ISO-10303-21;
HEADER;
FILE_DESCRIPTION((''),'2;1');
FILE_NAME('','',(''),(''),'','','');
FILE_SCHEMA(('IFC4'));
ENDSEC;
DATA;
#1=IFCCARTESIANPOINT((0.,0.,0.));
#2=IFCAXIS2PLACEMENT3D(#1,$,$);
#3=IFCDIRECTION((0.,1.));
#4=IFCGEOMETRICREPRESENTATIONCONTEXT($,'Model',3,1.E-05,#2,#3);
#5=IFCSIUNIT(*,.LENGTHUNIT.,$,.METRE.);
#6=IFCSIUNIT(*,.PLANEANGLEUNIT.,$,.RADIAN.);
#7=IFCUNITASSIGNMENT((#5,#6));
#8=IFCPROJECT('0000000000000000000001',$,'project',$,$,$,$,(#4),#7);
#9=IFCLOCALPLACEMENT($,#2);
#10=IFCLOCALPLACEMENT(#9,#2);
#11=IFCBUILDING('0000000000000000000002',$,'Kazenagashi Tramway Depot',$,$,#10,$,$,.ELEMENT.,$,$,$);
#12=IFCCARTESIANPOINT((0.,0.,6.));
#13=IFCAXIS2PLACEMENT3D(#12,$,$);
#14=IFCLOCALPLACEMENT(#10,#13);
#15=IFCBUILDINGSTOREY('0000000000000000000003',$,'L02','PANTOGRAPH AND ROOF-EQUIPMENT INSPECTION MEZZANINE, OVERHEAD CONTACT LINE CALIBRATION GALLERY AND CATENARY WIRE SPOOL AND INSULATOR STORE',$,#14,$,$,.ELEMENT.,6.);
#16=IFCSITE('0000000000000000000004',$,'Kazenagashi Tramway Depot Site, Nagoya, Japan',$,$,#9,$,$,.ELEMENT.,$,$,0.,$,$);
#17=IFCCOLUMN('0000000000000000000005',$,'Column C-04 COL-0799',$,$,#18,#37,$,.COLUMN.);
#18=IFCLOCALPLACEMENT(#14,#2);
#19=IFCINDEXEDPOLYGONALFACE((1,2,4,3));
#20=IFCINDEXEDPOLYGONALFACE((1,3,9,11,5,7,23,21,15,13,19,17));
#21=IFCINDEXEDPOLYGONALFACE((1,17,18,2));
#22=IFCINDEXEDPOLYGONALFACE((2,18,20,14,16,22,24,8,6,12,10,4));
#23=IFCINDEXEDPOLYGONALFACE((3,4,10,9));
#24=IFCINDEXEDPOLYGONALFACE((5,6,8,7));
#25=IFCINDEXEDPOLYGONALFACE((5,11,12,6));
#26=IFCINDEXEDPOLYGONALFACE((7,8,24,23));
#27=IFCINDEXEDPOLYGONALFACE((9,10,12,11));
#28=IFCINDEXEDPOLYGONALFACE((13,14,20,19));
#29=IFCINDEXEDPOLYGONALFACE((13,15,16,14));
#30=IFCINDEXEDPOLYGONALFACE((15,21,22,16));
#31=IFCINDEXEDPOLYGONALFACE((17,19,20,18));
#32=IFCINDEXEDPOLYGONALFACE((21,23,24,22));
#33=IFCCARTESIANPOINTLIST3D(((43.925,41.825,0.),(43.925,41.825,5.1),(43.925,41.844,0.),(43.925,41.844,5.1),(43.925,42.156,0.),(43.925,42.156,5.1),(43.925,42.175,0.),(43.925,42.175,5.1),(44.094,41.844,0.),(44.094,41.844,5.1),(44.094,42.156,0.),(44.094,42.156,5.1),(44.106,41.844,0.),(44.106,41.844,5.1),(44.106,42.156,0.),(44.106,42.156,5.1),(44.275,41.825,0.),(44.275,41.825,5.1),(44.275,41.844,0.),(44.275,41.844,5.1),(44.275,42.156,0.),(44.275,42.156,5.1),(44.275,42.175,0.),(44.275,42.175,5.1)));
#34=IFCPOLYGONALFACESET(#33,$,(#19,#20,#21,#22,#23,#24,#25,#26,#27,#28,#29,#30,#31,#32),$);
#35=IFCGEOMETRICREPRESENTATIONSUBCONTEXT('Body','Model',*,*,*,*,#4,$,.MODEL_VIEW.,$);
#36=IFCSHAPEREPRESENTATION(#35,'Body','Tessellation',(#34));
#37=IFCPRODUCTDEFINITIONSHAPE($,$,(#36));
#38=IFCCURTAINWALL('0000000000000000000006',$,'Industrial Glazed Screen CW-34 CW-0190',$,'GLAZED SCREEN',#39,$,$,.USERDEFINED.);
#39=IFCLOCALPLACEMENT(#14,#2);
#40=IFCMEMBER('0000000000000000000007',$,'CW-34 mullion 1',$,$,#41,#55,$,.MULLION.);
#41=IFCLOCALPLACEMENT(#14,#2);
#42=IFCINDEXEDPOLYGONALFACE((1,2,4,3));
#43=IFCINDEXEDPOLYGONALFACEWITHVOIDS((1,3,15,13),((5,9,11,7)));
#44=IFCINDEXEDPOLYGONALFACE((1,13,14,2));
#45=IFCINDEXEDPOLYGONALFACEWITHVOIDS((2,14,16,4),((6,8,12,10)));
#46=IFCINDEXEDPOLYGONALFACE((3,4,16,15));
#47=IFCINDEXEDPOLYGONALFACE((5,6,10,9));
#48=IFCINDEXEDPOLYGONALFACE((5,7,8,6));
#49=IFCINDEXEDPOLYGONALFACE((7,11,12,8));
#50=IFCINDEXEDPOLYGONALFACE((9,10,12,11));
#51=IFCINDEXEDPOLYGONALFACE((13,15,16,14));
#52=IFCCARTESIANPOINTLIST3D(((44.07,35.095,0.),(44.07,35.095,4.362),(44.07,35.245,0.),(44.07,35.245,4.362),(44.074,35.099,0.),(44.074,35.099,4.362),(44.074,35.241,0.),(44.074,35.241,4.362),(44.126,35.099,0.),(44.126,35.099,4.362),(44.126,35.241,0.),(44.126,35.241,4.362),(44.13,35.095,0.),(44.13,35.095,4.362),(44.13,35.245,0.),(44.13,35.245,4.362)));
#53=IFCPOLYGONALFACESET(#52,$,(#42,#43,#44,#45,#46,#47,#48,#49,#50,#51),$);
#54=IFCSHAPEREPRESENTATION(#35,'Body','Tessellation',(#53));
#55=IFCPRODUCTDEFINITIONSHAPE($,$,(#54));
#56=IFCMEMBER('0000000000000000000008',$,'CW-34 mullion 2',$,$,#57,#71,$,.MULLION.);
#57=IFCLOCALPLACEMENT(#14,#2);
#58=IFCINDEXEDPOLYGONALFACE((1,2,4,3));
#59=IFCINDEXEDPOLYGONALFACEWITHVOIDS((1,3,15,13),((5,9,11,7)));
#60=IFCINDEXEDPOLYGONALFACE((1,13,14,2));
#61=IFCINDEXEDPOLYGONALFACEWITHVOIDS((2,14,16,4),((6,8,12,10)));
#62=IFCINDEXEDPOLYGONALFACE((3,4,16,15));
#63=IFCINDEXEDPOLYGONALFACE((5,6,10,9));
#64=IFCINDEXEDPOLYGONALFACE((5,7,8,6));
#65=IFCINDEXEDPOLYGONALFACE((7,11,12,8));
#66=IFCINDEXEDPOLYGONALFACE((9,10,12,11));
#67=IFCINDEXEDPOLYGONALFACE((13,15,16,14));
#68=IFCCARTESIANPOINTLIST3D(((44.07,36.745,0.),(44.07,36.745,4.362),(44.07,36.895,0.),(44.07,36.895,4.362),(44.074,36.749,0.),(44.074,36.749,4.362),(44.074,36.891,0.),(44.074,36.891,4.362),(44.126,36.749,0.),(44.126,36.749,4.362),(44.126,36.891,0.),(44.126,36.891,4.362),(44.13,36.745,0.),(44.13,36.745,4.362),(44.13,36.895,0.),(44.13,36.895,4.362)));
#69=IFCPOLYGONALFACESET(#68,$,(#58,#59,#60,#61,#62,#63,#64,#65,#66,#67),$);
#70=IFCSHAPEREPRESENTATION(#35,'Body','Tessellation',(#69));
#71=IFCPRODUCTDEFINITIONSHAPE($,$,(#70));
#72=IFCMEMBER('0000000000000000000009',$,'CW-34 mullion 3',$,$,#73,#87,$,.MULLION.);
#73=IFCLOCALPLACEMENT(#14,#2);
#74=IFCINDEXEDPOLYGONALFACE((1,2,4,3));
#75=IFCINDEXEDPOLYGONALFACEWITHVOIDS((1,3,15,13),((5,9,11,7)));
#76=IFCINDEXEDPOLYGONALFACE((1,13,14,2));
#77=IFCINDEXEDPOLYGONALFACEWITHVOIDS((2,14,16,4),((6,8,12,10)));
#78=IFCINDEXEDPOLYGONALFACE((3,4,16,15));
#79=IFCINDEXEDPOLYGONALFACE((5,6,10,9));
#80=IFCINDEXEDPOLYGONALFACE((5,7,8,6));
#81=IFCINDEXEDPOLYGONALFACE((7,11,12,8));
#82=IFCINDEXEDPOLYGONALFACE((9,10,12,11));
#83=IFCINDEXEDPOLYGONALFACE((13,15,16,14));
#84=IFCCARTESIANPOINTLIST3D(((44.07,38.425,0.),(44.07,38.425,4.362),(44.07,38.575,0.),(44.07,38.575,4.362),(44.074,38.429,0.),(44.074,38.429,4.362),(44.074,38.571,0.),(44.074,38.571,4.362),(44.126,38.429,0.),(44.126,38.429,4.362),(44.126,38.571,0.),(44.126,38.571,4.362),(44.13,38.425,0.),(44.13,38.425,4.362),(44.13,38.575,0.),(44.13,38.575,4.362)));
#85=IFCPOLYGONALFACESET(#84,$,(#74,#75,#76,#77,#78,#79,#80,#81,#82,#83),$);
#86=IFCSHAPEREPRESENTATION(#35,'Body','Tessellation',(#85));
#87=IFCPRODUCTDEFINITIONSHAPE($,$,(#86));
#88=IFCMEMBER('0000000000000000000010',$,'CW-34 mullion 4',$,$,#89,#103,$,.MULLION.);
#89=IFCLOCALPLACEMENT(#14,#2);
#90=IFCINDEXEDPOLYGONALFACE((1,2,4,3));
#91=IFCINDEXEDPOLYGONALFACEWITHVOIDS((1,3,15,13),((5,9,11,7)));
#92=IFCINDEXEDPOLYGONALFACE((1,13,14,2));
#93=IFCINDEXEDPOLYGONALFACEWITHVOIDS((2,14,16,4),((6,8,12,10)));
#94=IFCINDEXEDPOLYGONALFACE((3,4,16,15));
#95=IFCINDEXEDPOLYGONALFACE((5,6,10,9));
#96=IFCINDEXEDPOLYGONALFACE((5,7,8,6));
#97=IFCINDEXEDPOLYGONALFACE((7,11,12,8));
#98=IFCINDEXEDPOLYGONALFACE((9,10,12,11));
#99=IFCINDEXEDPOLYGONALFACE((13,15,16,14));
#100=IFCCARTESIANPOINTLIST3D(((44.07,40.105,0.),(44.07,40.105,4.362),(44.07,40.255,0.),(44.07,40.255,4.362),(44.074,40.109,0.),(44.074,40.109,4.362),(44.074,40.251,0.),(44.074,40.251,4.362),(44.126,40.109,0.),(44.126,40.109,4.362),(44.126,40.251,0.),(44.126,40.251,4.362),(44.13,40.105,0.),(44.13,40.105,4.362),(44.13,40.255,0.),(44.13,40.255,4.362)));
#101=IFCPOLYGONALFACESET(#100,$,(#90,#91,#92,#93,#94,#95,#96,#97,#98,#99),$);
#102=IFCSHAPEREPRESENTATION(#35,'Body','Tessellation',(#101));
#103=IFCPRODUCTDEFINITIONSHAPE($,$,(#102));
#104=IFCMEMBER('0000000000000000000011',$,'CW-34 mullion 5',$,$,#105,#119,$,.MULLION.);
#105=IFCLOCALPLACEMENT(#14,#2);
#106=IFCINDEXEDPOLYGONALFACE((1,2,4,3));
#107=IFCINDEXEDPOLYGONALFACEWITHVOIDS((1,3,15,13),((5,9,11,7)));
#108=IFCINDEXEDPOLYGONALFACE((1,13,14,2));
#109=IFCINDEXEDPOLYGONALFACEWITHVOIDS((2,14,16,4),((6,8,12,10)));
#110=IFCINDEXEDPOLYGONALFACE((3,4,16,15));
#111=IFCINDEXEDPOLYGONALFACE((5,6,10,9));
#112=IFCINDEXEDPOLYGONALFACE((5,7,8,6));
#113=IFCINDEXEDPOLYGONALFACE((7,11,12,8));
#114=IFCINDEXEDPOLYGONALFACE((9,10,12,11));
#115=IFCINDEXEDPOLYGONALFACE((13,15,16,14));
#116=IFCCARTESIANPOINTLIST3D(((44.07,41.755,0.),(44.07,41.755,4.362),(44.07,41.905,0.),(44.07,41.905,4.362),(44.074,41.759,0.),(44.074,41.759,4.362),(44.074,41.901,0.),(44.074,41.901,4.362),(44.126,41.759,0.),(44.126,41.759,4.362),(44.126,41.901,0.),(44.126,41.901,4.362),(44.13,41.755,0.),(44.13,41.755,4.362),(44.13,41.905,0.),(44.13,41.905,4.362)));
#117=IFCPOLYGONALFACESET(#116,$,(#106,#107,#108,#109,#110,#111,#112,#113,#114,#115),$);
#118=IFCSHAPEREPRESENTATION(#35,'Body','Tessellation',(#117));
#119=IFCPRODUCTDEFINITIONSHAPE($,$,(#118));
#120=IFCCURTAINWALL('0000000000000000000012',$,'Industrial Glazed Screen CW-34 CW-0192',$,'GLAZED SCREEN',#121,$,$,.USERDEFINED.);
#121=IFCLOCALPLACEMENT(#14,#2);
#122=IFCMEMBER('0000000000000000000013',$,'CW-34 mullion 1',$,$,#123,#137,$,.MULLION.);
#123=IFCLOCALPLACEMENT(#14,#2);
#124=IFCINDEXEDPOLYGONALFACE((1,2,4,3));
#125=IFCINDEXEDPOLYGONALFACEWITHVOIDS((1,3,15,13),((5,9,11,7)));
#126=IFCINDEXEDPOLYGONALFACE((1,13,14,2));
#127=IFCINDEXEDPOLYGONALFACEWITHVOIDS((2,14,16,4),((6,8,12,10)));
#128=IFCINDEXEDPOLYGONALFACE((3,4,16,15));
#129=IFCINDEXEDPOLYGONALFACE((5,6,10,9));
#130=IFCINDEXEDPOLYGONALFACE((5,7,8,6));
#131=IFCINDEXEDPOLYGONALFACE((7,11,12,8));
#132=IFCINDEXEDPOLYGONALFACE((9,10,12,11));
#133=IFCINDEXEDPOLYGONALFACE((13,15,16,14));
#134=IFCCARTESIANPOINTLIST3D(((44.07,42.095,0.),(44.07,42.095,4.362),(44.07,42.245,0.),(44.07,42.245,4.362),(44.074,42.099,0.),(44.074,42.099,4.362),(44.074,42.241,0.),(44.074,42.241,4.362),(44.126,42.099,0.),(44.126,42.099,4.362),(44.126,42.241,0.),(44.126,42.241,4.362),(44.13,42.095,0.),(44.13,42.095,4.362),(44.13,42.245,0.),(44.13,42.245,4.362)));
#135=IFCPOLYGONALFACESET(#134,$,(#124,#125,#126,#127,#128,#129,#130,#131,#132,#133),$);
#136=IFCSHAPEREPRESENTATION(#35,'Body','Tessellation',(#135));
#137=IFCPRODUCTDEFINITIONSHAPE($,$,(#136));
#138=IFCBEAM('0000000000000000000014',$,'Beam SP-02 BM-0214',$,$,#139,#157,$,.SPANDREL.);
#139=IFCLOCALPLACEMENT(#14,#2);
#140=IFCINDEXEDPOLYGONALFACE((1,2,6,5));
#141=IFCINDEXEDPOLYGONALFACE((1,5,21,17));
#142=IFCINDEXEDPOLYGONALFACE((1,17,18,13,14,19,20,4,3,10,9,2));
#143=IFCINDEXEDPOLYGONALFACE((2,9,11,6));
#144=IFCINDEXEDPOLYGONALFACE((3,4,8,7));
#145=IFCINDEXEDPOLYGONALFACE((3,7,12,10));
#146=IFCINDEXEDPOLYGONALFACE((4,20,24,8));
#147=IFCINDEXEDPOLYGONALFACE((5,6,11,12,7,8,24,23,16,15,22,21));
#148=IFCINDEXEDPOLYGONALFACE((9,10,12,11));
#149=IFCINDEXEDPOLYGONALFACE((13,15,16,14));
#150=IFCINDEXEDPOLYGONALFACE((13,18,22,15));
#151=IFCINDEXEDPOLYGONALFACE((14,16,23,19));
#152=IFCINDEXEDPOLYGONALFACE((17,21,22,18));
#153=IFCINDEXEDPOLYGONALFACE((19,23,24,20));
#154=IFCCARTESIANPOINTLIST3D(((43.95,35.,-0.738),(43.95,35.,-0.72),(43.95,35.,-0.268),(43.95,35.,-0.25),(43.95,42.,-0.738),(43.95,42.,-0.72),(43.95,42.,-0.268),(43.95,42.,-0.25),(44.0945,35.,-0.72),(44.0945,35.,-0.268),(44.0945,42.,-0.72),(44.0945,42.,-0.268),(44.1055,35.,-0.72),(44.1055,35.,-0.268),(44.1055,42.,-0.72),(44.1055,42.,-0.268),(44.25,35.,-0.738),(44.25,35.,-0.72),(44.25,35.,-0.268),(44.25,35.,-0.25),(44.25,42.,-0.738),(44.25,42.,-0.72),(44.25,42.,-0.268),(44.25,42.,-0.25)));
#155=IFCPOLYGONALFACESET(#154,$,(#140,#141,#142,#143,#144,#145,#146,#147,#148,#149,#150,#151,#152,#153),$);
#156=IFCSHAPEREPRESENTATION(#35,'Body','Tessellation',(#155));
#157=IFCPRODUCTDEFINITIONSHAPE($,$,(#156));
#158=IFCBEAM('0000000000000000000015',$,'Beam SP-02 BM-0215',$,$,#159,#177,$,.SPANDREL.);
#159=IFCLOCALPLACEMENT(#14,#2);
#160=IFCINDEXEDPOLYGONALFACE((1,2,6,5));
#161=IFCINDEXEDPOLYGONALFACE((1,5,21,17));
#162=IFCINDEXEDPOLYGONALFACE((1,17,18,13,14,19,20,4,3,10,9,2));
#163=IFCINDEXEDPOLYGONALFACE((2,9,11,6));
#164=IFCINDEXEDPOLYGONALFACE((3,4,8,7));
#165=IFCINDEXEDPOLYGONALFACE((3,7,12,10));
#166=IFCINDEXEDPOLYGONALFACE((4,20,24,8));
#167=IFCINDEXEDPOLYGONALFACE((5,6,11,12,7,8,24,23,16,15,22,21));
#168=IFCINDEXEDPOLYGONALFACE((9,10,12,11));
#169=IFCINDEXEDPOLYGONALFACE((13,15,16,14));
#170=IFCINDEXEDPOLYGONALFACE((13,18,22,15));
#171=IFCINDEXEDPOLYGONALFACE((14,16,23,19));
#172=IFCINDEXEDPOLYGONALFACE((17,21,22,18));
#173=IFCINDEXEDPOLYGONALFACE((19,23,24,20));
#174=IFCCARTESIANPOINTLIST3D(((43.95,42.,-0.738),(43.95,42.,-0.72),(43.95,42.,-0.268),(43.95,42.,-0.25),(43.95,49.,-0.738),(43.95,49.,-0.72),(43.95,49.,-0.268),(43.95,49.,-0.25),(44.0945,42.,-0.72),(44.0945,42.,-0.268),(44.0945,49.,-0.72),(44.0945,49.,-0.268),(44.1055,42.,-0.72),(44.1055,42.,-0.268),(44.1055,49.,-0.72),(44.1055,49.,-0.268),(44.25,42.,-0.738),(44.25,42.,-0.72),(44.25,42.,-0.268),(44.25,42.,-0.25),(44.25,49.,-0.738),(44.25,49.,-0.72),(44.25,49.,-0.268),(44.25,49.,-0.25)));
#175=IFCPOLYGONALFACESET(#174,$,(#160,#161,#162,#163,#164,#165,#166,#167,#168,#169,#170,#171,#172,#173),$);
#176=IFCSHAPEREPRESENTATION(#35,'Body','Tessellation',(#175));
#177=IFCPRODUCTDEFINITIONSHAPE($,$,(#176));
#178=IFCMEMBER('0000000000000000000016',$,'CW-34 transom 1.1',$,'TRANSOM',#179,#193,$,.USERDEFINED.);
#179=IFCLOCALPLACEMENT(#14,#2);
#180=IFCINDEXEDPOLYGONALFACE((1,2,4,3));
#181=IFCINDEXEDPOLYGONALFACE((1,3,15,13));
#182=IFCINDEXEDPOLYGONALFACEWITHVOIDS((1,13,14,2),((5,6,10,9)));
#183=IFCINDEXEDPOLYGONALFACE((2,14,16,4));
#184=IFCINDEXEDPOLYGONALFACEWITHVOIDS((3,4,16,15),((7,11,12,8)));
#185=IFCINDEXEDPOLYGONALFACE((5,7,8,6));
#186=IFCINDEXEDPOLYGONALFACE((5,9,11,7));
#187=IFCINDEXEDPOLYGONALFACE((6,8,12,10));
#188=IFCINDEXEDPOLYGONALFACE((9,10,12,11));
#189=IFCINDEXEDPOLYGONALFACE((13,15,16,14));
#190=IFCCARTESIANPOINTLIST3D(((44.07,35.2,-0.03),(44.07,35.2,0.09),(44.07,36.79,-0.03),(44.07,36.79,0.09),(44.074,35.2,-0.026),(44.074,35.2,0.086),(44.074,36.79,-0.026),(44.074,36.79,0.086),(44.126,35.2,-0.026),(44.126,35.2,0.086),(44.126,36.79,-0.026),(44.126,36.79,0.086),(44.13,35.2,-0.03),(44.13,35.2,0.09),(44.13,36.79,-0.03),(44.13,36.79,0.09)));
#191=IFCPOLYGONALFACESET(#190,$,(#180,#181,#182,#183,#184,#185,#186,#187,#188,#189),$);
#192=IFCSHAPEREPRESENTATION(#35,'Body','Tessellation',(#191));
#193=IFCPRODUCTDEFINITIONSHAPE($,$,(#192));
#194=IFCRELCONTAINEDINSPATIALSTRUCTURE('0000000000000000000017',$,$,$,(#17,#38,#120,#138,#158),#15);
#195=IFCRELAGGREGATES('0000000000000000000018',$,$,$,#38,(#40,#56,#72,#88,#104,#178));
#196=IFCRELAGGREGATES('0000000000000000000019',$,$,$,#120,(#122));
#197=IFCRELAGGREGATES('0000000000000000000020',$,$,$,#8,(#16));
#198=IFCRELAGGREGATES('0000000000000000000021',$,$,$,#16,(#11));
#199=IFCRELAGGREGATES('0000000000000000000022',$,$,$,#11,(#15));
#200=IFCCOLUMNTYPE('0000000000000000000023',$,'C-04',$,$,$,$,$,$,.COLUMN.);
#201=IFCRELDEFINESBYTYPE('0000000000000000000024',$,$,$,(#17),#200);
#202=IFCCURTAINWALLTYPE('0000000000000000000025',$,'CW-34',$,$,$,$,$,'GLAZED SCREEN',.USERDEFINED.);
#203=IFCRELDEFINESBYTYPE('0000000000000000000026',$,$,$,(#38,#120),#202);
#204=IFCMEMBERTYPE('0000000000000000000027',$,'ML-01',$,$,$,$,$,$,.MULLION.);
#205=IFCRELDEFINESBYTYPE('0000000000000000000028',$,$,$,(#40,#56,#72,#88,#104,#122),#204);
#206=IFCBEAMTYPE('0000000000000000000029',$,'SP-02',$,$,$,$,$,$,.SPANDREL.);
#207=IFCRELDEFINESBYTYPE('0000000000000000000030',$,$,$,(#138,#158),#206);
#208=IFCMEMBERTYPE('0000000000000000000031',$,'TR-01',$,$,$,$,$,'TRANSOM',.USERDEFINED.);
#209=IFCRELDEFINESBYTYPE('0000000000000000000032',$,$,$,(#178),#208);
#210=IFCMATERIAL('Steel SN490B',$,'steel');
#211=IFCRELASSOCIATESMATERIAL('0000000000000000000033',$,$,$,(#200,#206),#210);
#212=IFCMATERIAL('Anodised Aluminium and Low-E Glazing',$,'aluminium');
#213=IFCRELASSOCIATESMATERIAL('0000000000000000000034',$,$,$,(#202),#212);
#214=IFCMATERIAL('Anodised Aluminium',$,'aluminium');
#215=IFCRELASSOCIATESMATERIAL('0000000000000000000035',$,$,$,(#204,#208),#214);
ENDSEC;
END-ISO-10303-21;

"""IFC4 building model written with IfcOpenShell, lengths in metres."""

from ifc_helpers import new_model, si_unit, direction, frame, origin, origin_2d, place, context, subcontext, project, spatial, hollow_rectangle, i_section, extrude, material, material_profile, profile_set, type_object, element, aggregate, save


model = new_model("IFC4")

# Units and contexts
model_context = context("Model", 3, precision=1e-05, world=origin(), true_north=direction((0.0, 1.0)))
body_context = subcontext(model_context, "Body", "Model", "MODEL_VIEW")
ifc_project = project(units=[si_unit("LENGTHUNIT", "METRE"), si_unit("PLANEANGLEUNIT", "RADIAN")], contexts=[model_context])

# Site, building, storey
site_placement = place(None, origin())
site = spatial("IfcSite", under=ifc_project, at=site_placement, Name="Kazenagashi Tramway Depot Site, Nagoya, Japan", CompositionType="ELEMENT", RefElevation=0.0)
building_placement = place(site_placement, origin())
building = spatial("IfcBuilding", under=site, at=building_placement, Name="Kazenagashi Tramway Depot", CompositionType="ELEMENT")
storey_placement = place(building_placement, frame((0.0, 0.0, 6.0)))
storey = spatial("IfcBuildingStorey", under=building, at=storey_placement, Name="L02", Description="PANTOGRAPH AND ROOF-EQUIPMENT INSPECTION MEZZANINE, OVERHEAD CONTACT LINE CALIBRATION GALLERY AND CATENARY WIRE SPOOL AND INSULATOR STORE", CompositionType="ELEMENT", Elevation=6.0)

# Column
ifc_material_1 = material(Name="Steel SN490B", Category="steel")
ifc_material_profile_1 = material_profile(ifc_material_1, i_section(OverallWidth=0.35, OverallDepth=0.35, WebThickness=0.012, FlangeThickness=0.019, at=origin_2d()), Name="H-350x350x12x19")
ifc_profile_set_1 = profile_set([ifc_material_profile_1], Name="Steel SN490B")
column_type = type_object("IfcColumnType", Name="C-04", PredefinedType="COLUMN", material=ifc_profile_set_1)
column_placement = place(storey_placement, frame((44.1, 42.0, 0.0), z_axis=(0.0, 0.0, 1.0), x_axis=(1.0, 0.0, 0.0)))
element("IfcColumn", 1, at=column_placement, inside=storey, type_object=column_type, Name="Column C-04 COL-0799", PredefinedType="COLUMN", context=body_context, shape_type="SweptSolid", body=[
    extrude(i_section(OverallWidth=0.35, OverallDepth=0.35, WebThickness=0.012, FlangeThickness=0.019, at=origin_2d()), origin(), (0.0, 0.0, 1.0), 5.1),
])

# Curtain wall, members
ifc_material_2 = material(Name="Anodised Aluminium and Low-E Glazing", Category="aluminium")
curtain_wall_type = type_object("IfcCurtainWallType", Name="CW-34", ElementType="GLAZED SCREEN", PredefinedType="USERDEFINED", material=ifc_material_2)
curtain_wall_1_placement = place(storey_placement, origin())
curtain_wall_1 = element("IfcCurtainWall", 2, at=curtain_wall_1_placement, inside=storey, type_object=curtain_wall_type, Name="Industrial Glazed Screen CW-34 CW-0190", ObjectType="GLAZED SCREEN", PredefinedType="USERDEFINED")
ifc_material_3 = material(Name="Anodised Aluminium", Category="aluminium")
ifc_material_profile_2 = material_profile(ifc_material_3, hollow_rectangle(XDim=0.06, YDim=0.15, WallThickness=0.004, at=origin_2d()), Name="RHS-150x60x4")
ifc_profile_set_2 = profile_set([ifc_material_profile_2], Name="Anodised Aluminium")
member_type_1 = type_object("IfcMemberType", Name="ML-01", PredefinedType="MULLION", material=ifc_profile_set_2)
member_1_placement = place(storey_placement, frame((44.1, 35.17, 0.0), z_axis=(0.0, 0.0, 1.0), x_axis=(-1.0, 0.0, 0.0)))
member_1 = element("IfcMember", 3, at=member_1_placement, type_object=member_type_1, Name="CW-34 mullion 1", PredefinedType="MULLION", context=body_context, shape_type="SweptSolid", body=[
    extrude(hollow_rectangle(XDim=0.06, YDim=0.15, WallThickness=0.004, at=origin_2d()), origin(), (0.0, 0.0, 1.0), 4.362),
])
member_2_placement = place(storey_placement, frame((44.1, 36.82, 0.0), z_axis=(0.0, 0.0, 1.0), x_axis=(-1.0, 0.0, 0.0)))
member_2 = element("IfcMember", 4, at=member_2_placement, type_object=member_type_1, Name="CW-34 mullion 2", PredefinedType="MULLION", context=body_context, shape_type="SweptSolid", body=[
    extrude(hollow_rectangle(XDim=0.06, YDim=0.15, WallThickness=0.004, at=origin_2d()), origin(), (0.0, 0.0, 1.0), 4.362),
])
member_3_placement = place(storey_placement, frame((44.1, 38.5, 0.0), z_axis=(0.0, 0.0, 1.0), x_axis=(-1.0, 0.0, 0.0)))
member_3 = element("IfcMember", 5, at=member_3_placement, type_object=member_type_1, Name="CW-34 mullion 3", PredefinedType="MULLION", context=body_context, shape_type="SweptSolid", body=[
    extrude(hollow_rectangle(XDim=0.06, YDim=0.15, WallThickness=0.004, at=origin_2d()), origin(), (0.0, 0.0, 1.0), 4.362),
])
member_4_placement = place(storey_placement, frame((44.1, 40.18, 0.0), z_axis=(0.0, 0.0, 1.0), x_axis=(-1.0, 0.0, 0.0)))
member_4 = element("IfcMember", 6, at=member_4_placement, type_object=member_type_1, Name="CW-34 mullion 4", PredefinedType="MULLION", context=body_context, shape_type="SweptSolid", body=[
    extrude(hollow_rectangle(XDim=0.06, YDim=0.15, WallThickness=0.004, at=origin_2d()), origin(), (0.0, 0.0, 1.0), 4.362),
])
member_5_placement = place(storey_placement, frame((44.1, 41.83, 0.0), z_axis=(0.0, 0.0, 1.0), x_axis=(-1.0, 0.0, 0.0)))
member_5 = element("IfcMember", 7, at=member_5_placement, type_object=member_type_1, Name="CW-34 mullion 5", PredefinedType="MULLION", context=body_context, shape_type="SweptSolid", body=[
    extrude(hollow_rectangle(XDim=0.06, YDim=0.15, WallThickness=0.004, at=origin_2d()), origin(), (0.0, 0.0, 1.0), 4.362),
])

# Curtain wall, member
curtain_wall_2_placement = place(storey_placement, origin())
curtain_wall_2 = element("IfcCurtainWall", 8, at=curtain_wall_2_placement, inside=storey, type_object=curtain_wall_type, Name="Industrial Glazed Screen CW-34 CW-0192", ObjectType="GLAZED SCREEN", PredefinedType="USERDEFINED")
member_6_placement = place(storey_placement, frame((44.1, 42.17, 0.0), z_axis=(0.0, 0.0, 1.0), x_axis=(-1.0, 0.0, 0.0)))
member_6 = element("IfcMember", 9, at=member_6_placement, type_object=member_type_1, Name="CW-34 mullion 1", PredefinedType="MULLION", context=body_context, shape_type="SweptSolid", body=[
    extrude(hollow_rectangle(XDim=0.06, YDim=0.15, WallThickness=0.004, at=origin_2d()), origin(), (0.0, 0.0, 1.0), 4.362),
])

# Beams
ifc_material_profile_3 = material_profile(ifc_material_1, i_section(OverallWidth=0.3, OverallDepth=0.488, WebThickness=0.011, FlangeThickness=0.018, at=origin_2d()), Name="H-488x300x11x18")
ifc_profile_set_3 = profile_set([ifc_material_profile_3], Name="Steel SN490B")
beam_type = type_object("IfcBeamType", Name="SP-02", PredefinedType="SPANDREL", material=ifc_profile_set_3)
for number, where, z_axis, x_axis, name in (
    (10, (44.1, 35.0, -0.494), (0.0, 1.0, 0.0), (-1.0, 0.0, 0.0), "Beam SP-02 BM-0214"),
    (11, (44.1, 42.0, -0.494), (0.0, 1.0, 0.0), (-1.0, 0.0, 0.0), "Beam SP-02 BM-0215"),
):
    element("IfcBeam", number, at=place(storey_placement, frame(where, z_axis=z_axis, x_axis=x_axis)), inside=storey, type_object=beam_type, Name=name, PredefinedType="SPANDREL", context=body_context, shape_type="SweptSolid", body=[
        extrude(i_section(OverallWidth=0.3, OverallDepth=0.488, WebThickness=0.011, FlangeThickness=0.018, at=origin_2d()), origin(), (0.0, 0.0, 1.0), 7.0),
    ])

# Member
ifc_material_profile_4 = material_profile(ifc_material_3, hollow_rectangle(XDim=0.06, YDim=0.12, WallThickness=0.004, at=origin_2d()), Name="RHS-120x60x4")
ifc_profile_set_4 = profile_set([ifc_material_profile_4], Name="Anodised Aluminium")
member_type_2 = type_object("IfcMemberType", Name="TR-01", ElementType="TRANSOM", PredefinedType="USERDEFINED", material=ifc_profile_set_4)
member_7_placement = place(storey_placement, frame((44.1, 35.2, 0.03), z_axis=(0.0, 1.0, 0.0), x_axis=(-1.0, 0.0, 0.0)))
member_7 = element("IfcMember", 12, at=member_7_placement, type_object=member_type_2, Name="CW-34 transom 1.1", ObjectType="TRANSOM", PredefinedType="USERDEFINED", context=body_context, shape_type="SweptSolid", body=[
    extrude(hollow_rectangle(XDim=0.06, YDim=0.12, WallThickness=0.004, at=origin_2d()), origin(), (0.0, 0.0, 1.0), 1.59),
])

aggregate(curtain_wall_1, [member_1, member_2, member_3, member_4, member_5, member_7])
aggregate(curtain_wall_2, [member_6])

save(model, "model.ifc")
